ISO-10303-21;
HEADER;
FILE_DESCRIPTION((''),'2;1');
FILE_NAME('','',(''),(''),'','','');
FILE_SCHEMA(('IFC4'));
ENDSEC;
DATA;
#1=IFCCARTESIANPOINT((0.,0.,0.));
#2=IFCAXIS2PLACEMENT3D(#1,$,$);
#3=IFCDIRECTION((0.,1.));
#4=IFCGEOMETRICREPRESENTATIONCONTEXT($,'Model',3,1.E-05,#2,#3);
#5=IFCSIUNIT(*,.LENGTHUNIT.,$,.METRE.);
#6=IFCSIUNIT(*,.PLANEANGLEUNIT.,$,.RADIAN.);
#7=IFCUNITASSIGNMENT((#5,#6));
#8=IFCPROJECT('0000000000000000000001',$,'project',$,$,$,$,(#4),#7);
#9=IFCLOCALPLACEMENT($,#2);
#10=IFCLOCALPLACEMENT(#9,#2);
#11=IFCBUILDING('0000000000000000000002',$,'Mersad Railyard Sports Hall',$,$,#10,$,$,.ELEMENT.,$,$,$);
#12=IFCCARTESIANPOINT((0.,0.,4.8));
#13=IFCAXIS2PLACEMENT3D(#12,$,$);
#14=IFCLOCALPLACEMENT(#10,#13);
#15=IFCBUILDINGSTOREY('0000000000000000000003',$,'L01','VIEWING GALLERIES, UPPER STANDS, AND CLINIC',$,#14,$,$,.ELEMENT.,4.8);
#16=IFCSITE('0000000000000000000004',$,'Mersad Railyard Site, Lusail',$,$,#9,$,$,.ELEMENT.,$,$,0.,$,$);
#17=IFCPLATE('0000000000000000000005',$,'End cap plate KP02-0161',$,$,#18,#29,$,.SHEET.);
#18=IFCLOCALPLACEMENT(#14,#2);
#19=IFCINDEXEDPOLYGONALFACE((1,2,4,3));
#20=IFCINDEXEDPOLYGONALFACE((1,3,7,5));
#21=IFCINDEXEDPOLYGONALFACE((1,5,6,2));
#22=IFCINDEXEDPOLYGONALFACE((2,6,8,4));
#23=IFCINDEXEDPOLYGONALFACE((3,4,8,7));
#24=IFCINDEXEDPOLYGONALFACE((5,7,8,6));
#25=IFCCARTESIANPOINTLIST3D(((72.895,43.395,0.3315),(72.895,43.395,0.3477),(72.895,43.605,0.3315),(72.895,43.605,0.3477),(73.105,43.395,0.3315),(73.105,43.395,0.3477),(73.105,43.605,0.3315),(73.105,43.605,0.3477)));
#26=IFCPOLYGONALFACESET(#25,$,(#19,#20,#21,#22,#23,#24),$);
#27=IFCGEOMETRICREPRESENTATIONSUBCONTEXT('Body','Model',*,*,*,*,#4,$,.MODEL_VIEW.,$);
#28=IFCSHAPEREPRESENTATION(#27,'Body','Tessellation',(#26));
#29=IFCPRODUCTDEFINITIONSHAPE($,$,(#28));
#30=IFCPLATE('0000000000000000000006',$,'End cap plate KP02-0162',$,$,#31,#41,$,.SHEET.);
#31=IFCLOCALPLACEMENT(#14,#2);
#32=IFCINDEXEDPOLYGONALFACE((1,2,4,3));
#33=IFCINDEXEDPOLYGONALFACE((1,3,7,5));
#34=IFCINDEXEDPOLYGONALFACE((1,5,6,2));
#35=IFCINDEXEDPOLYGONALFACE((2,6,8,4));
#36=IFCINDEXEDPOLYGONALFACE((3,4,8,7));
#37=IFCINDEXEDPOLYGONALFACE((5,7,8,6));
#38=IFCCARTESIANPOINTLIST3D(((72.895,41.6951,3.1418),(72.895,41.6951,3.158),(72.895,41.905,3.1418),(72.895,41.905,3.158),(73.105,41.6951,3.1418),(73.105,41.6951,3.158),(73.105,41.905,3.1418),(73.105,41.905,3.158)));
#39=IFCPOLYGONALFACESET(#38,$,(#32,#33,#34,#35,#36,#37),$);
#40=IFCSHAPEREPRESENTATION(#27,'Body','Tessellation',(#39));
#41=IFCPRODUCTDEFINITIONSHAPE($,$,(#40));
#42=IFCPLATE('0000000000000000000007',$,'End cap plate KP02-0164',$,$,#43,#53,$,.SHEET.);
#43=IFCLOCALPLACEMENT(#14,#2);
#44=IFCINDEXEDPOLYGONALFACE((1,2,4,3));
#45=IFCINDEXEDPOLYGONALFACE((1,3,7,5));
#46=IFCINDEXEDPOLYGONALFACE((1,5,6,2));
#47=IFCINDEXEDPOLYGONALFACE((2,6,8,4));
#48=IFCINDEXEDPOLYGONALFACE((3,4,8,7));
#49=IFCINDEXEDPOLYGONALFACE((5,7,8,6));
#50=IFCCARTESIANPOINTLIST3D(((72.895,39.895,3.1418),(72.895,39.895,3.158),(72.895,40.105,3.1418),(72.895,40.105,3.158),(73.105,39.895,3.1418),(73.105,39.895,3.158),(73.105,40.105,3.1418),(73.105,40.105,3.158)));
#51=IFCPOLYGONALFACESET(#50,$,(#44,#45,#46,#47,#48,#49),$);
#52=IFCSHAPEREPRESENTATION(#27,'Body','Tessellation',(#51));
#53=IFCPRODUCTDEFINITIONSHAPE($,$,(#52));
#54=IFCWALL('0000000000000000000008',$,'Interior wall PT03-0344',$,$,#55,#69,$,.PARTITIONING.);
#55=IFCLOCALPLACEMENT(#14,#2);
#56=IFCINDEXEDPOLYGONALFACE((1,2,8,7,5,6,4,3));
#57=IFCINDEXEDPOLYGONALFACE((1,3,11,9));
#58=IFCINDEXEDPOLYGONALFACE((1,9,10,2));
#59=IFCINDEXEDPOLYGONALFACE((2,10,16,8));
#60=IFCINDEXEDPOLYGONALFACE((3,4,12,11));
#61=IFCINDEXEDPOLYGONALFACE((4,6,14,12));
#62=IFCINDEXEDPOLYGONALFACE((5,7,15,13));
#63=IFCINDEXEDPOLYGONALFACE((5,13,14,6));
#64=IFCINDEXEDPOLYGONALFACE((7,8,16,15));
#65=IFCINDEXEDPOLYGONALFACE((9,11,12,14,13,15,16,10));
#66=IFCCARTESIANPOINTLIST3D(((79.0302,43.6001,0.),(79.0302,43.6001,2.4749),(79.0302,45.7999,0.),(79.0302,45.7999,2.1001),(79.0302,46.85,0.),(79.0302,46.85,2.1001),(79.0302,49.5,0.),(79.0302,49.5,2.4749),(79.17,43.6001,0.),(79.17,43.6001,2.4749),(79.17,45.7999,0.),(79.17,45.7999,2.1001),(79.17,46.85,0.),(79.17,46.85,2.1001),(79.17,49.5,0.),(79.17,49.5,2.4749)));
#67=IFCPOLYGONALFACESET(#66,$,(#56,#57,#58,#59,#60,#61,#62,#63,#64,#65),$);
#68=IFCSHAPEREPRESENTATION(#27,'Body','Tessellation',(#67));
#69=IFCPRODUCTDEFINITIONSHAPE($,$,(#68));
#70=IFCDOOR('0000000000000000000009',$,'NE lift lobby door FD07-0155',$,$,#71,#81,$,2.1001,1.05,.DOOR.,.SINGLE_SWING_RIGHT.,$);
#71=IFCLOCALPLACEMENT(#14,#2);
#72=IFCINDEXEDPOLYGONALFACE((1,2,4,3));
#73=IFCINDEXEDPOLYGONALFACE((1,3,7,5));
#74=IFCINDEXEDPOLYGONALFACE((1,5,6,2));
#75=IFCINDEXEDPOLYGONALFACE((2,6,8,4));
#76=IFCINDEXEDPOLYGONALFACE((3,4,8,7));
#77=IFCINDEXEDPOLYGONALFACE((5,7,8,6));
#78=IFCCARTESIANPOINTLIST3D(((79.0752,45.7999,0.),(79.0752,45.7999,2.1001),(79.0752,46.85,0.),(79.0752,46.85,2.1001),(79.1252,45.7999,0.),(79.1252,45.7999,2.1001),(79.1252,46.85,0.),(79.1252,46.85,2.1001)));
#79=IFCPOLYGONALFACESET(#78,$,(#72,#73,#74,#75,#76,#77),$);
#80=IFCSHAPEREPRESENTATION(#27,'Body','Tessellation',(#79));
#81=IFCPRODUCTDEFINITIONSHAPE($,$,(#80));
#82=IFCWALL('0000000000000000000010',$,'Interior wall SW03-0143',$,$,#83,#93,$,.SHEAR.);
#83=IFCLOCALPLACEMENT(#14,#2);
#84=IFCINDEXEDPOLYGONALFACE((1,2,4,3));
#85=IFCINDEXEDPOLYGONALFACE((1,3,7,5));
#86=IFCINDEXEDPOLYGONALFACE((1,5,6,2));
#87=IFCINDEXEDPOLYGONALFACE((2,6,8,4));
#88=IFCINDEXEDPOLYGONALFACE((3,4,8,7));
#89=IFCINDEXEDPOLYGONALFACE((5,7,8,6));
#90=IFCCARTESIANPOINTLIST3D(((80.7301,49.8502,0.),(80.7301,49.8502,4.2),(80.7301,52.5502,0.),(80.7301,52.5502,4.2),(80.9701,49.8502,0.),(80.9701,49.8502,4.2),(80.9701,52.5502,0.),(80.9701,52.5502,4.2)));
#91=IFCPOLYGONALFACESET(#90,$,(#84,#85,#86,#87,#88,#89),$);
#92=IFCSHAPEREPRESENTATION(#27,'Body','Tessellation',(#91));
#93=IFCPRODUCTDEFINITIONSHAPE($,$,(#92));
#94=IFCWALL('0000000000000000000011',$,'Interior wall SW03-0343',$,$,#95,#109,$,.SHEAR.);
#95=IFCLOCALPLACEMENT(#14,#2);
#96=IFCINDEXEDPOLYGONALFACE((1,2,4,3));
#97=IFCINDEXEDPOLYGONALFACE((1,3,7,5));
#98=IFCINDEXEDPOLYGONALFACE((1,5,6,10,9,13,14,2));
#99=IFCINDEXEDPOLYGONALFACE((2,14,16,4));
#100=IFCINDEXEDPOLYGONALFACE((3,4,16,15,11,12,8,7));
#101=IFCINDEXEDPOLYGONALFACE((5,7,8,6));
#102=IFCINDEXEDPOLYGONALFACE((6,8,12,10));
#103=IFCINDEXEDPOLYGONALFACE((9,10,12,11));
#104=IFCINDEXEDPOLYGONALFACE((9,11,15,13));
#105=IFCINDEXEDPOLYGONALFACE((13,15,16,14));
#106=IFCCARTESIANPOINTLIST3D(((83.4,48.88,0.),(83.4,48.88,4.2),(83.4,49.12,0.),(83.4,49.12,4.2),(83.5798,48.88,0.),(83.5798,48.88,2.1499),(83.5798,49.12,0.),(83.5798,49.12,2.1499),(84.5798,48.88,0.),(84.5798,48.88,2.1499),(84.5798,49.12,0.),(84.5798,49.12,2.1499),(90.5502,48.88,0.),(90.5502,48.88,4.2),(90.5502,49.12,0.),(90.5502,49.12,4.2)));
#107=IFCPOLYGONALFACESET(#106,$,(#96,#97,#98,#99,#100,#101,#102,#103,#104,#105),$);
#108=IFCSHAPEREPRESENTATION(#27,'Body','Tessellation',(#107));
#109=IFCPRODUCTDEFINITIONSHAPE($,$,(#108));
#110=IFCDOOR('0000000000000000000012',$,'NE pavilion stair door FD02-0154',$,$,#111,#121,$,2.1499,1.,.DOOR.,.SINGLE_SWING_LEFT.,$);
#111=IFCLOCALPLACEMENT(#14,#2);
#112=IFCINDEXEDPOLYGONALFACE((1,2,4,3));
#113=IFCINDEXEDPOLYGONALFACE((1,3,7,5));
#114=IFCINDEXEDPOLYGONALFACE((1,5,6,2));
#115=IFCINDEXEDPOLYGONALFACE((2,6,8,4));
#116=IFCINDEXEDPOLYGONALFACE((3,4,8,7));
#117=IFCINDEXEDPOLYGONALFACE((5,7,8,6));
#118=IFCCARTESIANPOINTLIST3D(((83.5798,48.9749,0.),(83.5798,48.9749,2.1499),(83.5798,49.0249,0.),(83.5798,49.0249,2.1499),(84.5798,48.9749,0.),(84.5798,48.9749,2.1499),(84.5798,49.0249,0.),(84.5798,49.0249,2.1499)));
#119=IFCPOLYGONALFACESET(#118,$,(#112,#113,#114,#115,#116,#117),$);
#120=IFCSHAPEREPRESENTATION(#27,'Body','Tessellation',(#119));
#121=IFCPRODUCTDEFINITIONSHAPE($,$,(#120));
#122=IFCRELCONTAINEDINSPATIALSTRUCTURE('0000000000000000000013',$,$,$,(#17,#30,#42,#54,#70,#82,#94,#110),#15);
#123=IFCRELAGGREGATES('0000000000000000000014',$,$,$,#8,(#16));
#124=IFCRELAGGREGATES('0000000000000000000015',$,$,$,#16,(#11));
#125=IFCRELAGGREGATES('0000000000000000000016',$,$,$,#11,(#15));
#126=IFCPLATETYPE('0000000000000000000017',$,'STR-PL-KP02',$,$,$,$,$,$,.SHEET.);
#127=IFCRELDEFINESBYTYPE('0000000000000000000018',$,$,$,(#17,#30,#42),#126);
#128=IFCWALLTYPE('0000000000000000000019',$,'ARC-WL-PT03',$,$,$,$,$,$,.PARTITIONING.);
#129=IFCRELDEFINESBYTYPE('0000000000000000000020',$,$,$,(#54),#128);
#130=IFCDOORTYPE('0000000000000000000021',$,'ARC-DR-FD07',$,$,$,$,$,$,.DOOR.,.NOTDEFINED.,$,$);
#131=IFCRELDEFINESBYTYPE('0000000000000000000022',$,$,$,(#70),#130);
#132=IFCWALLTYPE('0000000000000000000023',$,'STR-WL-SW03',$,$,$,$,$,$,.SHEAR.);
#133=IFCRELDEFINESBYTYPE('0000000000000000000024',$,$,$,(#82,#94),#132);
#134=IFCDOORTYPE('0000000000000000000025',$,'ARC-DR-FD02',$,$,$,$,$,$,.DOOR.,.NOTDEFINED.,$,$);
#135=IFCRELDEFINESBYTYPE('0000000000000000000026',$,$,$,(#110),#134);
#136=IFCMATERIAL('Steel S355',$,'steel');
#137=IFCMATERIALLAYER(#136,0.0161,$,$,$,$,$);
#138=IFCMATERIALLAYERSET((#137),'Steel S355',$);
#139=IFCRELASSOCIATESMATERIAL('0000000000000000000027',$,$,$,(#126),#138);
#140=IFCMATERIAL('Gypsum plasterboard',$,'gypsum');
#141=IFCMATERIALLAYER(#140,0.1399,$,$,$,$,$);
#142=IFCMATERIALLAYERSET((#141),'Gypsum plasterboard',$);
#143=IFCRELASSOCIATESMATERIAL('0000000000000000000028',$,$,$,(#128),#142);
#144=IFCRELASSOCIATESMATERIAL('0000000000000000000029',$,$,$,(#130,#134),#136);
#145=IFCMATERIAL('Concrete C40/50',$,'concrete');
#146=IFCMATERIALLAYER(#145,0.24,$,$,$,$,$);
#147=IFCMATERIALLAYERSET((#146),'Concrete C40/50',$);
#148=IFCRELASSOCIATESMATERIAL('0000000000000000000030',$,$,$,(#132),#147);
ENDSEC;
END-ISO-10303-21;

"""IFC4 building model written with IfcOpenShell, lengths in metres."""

from ifc_helpers import new_model, si_unit, direction, frame, frame_2d, origin, origin_2d, place, context, subcontext, project, spatial, rectangle, extrude, material, layer, layer_set, type_object, element, fill, save


model = new_model("IFC4")

# Units and contexts
model_context = context("Model", 3, precision=1e-05, world=origin(), true_north=direction((0.0, 1.0)))
body_context = subcontext(model_context, "Body", "Model", "MODEL_VIEW")
ifc_project = project(units=[si_unit("LENGTHUNIT", "METRE"), si_unit("PLANEANGLEUNIT", "RADIAN")], contexts=[model_context])

# Site, building, storey
site_placement = place(None, origin())
site = spatial("IfcSite", under=ifc_project, at=site_placement, Name="Mersad Railyard Site, Lusail", CompositionType="ELEMENT", RefElevation=0.0)
building_placement = place(site_placement, origin())
building = spatial("IfcBuilding", under=site, at=building_placement, Name="Mersad Railyard Sports Hall", CompositionType="ELEMENT")
storey_placement = place(building_placement, frame((0.0, 0.0, 4.8)))
storey = spatial("IfcBuildingStorey", under=building, at=storey_placement, Name="L01", Description="VIEWING GALLERIES, UPPER STANDS, AND CLINIC", CompositionType="ELEMENT", Elevation=4.8)

# Shared definitions
ifc_material_1 = material(Name="Concrete C40/50", Category="concrete")

# Shared definitions
ifc_material_2 = material(Name="Steel S355", Category="steel")

# Plates
ifc_layer_1 = layer(ifc_material_2, 0.0161)
ifc_layer_set_1 = layer_set([ifc_layer_1], Name="Steel S355")
plate_type = type_object("IfcPlateType", Name="STR-PL-KP02", PredefinedType="SHEET", material=ifc_layer_set_1)
for number, where, z_axis, x_axis, name in (
    (1, (73.0, 43.5, 0.3315), (0.0, 0.0, 1.0), (1.0, 0.0, 0.0), "End cap plate KP02-0161"),
    (2, (73.0, 41.8, 3.1418), (0.0, 0.0, 1.0), (1.0, 0.0, 0.0), "End cap plate KP02-0162"),
    (3, (73.0, 40.0, 3.1418), (0.0, 0.0, 1.0), (1.0, 0.0, 0.0), "End cap plate KP02-0164"),
):
    element("IfcPlate", number, at=place(storey_placement, frame(where, z_axis=z_axis, x_axis=x_axis)), inside=storey, type_object=plate_type, Name=name, PredefinedType="SHEET", context=body_context, shape_type="SweptSolid", body=[
        extrude(rectangle(XDim=0.21, YDim=0.21, at=origin_2d()), origin(), (0.0, 0.0, 1.0), 0.0161),
    ])

# Wall, opening, door
ifc_material_3 = material(Name="Gypsum plasterboard", Category="gypsum")
ifc_layer_2 = layer(ifc_material_3, 0.1399)
ifc_layer_set_2 = layer_set([ifc_layer_2], Name="Gypsum plasterboard")
wall_type_1 = type_object("IfcWallType", Name="ARC-WL-PT03", PredefinedType="PARTITIONING", material=ifc_layer_set_2)
wall_1_placement = place(storey_placement, frame((79.1001, 43.6001, 0.0), z_axis=(0.0, 0.0, 1.0), x_axis=(0.0, 1.0, 0.0)))
wall_1 = element("IfcWall", 4, at=wall_1_placement, inside=storey, type_object=wall_type_1, Name="Interior wall PT03-0344", PredefinedType="PARTITIONING", context=body_context, shape_type="SweptSolid", body=[
    extrude(rectangle(XDim=5.8999, YDim=0.1399, at=frame_2d((2.95, 0.0))), origin(), (0.0, 0.0, 1.0), 2.4749),
])
opening_1_placement = place(wall_1_placement, frame((2.2, 0.0, 0.0)))
opening_1 = element("IfcOpeningElement", 5, at=opening_1_placement, cuts=wall_1, PredefinedType="OPENING", context=body_context, shape_type="SweptSolid", body=[
    extrude(rectangle(XDim=1.05, YDim=2.1001, at=frame_2d((0.5249, 1.05))), frame((0.0, 0.0798, 0.0), z_axis=(0.0, -1.0, 0.0), x_axis=(1.0, 0.0, 0.0)), (0.0, 0.0, 1.0), 0.1599),
])
door_type_1 = type_object("IfcDoorType", Name="ARC-DR-FD07", OperationType="NOTDEFINED", PredefinedType="DOOR", material=ifc_material_2)
door_1_placement = place(opening_1_placement, origin())
door_1 = element("IfcDoor", 6, at=door_1_placement, inside=storey, type_object=door_type_1, Name="NE lift lobby door FD07-0155", OperationType="SINGLE_SWING_RIGHT", OverallHeight=2.1001, OverallWidth=1.05, PredefinedType="DOOR", context=body_context, shape_type="SweptSolid", body=[
    extrude(rectangle(XDim=1.05, YDim=2.1001, at=frame_2d((0.5249, 1.05))), frame((0.0, 0.0249, 0.0), z_axis=(0.0, -1.0, 0.0), x_axis=(1.0, 0.0, 0.0)), (0.0, 0.0, 1.0), 0.05),
])
fill(opening_1, door_1)

# Wall
ifc_layer_3 = layer(ifc_material_1, 0.24)
ifc_layer_set_3 = layer_set([ifc_layer_3], Name="Concrete C40/50")
wall_type_2 = type_object("IfcWallType", Name="STR-WL-SW03", PredefinedType="SHEAR", material=ifc_layer_set_3)
wall_2_placement = place(storey_placement, frame((80.8501, 49.8501, 0.0), z_axis=(0.0, 0.0, 1.0), x_axis=(0.0, 1.0, 0.0)))
element("IfcWall", 7, at=wall_2_placement, inside=storey, type_object=wall_type_2, Name="Interior wall SW03-0143", PredefinedType="SHEAR", context=body_context, shape_type="SweptSolid", body=[
    extrude(rectangle(XDim=2.7, YDim=0.24, at=frame_2d((1.3501, 0.0))), origin(), (0.0, 0.0, 1.0), 4.2),
])

# Wall, opening, door
wall_3_placement = place(storey_placement, frame((83.3999, 49.0, 0.0), z_axis=(0.0, 0.0, 1.0), x_axis=(1.0, 0.0, 0.0)))
wall_3 = element("IfcWall", 8, at=wall_3_placement, inside=storey, type_object=wall_type_2, Name="Interior wall SW03-0343", PredefinedType="SHEAR", context=body_context, shape_type="SweptSolid", body=[
    extrude(rectangle(XDim=7.1501, YDim=0.24, at=frame_2d((3.5752, 0.0))), origin(), (0.0, 0.0, 1.0), 4.2),
])
opening_2_placement = place(wall_3_placement, frame((0.1799, 0.0, 0.0)))
opening_2 = element("IfcOpeningElement", 9, at=opening_2_placement, cuts=wall_3, PredefinedType="OPENING", context=body_context, shape_type="SweptSolid", body=[
    extrude(rectangle(XDim=1.0, YDim=2.1499, at=frame_2d((0.5, 1.075))), frame((0.0, 0.1299, 0.0), z_axis=(0.0, -1.0, 0.0), x_axis=(1.0, 0.0, 0.0)), (0.0, 0.0, 1.0), 0.26),
])
door_type_2 = type_object("IfcDoorType", Name="ARC-DR-FD02", OperationType="NOTDEFINED", PredefinedType="DOOR", material=ifc_material_2)
door_2_placement = place(opening_2_placement, origin())
door_2 = element("IfcDoor", 10, at=door_2_placement, inside=storey, type_object=door_type_2, Name="NE pavilion stair door FD02-0154", OperationType="SINGLE_SWING_LEFT", OverallHeight=2.1499, OverallWidth=1.0, PredefinedType="DOOR", context=body_context, shape_type="SweptSolid", body=[
    extrude(rectangle(XDim=1.0, YDim=2.1499, at=frame_2d((0.5, 1.075))), frame((0.0, 0.0249, 0.0), z_axis=(0.0, -1.0, 0.0), x_axis=(1.0, 0.0, 0.0)), (0.0, 0.0, 1.0), 0.05),
])
fill(opening_2, door_2)

save(model, "model.ifc")
